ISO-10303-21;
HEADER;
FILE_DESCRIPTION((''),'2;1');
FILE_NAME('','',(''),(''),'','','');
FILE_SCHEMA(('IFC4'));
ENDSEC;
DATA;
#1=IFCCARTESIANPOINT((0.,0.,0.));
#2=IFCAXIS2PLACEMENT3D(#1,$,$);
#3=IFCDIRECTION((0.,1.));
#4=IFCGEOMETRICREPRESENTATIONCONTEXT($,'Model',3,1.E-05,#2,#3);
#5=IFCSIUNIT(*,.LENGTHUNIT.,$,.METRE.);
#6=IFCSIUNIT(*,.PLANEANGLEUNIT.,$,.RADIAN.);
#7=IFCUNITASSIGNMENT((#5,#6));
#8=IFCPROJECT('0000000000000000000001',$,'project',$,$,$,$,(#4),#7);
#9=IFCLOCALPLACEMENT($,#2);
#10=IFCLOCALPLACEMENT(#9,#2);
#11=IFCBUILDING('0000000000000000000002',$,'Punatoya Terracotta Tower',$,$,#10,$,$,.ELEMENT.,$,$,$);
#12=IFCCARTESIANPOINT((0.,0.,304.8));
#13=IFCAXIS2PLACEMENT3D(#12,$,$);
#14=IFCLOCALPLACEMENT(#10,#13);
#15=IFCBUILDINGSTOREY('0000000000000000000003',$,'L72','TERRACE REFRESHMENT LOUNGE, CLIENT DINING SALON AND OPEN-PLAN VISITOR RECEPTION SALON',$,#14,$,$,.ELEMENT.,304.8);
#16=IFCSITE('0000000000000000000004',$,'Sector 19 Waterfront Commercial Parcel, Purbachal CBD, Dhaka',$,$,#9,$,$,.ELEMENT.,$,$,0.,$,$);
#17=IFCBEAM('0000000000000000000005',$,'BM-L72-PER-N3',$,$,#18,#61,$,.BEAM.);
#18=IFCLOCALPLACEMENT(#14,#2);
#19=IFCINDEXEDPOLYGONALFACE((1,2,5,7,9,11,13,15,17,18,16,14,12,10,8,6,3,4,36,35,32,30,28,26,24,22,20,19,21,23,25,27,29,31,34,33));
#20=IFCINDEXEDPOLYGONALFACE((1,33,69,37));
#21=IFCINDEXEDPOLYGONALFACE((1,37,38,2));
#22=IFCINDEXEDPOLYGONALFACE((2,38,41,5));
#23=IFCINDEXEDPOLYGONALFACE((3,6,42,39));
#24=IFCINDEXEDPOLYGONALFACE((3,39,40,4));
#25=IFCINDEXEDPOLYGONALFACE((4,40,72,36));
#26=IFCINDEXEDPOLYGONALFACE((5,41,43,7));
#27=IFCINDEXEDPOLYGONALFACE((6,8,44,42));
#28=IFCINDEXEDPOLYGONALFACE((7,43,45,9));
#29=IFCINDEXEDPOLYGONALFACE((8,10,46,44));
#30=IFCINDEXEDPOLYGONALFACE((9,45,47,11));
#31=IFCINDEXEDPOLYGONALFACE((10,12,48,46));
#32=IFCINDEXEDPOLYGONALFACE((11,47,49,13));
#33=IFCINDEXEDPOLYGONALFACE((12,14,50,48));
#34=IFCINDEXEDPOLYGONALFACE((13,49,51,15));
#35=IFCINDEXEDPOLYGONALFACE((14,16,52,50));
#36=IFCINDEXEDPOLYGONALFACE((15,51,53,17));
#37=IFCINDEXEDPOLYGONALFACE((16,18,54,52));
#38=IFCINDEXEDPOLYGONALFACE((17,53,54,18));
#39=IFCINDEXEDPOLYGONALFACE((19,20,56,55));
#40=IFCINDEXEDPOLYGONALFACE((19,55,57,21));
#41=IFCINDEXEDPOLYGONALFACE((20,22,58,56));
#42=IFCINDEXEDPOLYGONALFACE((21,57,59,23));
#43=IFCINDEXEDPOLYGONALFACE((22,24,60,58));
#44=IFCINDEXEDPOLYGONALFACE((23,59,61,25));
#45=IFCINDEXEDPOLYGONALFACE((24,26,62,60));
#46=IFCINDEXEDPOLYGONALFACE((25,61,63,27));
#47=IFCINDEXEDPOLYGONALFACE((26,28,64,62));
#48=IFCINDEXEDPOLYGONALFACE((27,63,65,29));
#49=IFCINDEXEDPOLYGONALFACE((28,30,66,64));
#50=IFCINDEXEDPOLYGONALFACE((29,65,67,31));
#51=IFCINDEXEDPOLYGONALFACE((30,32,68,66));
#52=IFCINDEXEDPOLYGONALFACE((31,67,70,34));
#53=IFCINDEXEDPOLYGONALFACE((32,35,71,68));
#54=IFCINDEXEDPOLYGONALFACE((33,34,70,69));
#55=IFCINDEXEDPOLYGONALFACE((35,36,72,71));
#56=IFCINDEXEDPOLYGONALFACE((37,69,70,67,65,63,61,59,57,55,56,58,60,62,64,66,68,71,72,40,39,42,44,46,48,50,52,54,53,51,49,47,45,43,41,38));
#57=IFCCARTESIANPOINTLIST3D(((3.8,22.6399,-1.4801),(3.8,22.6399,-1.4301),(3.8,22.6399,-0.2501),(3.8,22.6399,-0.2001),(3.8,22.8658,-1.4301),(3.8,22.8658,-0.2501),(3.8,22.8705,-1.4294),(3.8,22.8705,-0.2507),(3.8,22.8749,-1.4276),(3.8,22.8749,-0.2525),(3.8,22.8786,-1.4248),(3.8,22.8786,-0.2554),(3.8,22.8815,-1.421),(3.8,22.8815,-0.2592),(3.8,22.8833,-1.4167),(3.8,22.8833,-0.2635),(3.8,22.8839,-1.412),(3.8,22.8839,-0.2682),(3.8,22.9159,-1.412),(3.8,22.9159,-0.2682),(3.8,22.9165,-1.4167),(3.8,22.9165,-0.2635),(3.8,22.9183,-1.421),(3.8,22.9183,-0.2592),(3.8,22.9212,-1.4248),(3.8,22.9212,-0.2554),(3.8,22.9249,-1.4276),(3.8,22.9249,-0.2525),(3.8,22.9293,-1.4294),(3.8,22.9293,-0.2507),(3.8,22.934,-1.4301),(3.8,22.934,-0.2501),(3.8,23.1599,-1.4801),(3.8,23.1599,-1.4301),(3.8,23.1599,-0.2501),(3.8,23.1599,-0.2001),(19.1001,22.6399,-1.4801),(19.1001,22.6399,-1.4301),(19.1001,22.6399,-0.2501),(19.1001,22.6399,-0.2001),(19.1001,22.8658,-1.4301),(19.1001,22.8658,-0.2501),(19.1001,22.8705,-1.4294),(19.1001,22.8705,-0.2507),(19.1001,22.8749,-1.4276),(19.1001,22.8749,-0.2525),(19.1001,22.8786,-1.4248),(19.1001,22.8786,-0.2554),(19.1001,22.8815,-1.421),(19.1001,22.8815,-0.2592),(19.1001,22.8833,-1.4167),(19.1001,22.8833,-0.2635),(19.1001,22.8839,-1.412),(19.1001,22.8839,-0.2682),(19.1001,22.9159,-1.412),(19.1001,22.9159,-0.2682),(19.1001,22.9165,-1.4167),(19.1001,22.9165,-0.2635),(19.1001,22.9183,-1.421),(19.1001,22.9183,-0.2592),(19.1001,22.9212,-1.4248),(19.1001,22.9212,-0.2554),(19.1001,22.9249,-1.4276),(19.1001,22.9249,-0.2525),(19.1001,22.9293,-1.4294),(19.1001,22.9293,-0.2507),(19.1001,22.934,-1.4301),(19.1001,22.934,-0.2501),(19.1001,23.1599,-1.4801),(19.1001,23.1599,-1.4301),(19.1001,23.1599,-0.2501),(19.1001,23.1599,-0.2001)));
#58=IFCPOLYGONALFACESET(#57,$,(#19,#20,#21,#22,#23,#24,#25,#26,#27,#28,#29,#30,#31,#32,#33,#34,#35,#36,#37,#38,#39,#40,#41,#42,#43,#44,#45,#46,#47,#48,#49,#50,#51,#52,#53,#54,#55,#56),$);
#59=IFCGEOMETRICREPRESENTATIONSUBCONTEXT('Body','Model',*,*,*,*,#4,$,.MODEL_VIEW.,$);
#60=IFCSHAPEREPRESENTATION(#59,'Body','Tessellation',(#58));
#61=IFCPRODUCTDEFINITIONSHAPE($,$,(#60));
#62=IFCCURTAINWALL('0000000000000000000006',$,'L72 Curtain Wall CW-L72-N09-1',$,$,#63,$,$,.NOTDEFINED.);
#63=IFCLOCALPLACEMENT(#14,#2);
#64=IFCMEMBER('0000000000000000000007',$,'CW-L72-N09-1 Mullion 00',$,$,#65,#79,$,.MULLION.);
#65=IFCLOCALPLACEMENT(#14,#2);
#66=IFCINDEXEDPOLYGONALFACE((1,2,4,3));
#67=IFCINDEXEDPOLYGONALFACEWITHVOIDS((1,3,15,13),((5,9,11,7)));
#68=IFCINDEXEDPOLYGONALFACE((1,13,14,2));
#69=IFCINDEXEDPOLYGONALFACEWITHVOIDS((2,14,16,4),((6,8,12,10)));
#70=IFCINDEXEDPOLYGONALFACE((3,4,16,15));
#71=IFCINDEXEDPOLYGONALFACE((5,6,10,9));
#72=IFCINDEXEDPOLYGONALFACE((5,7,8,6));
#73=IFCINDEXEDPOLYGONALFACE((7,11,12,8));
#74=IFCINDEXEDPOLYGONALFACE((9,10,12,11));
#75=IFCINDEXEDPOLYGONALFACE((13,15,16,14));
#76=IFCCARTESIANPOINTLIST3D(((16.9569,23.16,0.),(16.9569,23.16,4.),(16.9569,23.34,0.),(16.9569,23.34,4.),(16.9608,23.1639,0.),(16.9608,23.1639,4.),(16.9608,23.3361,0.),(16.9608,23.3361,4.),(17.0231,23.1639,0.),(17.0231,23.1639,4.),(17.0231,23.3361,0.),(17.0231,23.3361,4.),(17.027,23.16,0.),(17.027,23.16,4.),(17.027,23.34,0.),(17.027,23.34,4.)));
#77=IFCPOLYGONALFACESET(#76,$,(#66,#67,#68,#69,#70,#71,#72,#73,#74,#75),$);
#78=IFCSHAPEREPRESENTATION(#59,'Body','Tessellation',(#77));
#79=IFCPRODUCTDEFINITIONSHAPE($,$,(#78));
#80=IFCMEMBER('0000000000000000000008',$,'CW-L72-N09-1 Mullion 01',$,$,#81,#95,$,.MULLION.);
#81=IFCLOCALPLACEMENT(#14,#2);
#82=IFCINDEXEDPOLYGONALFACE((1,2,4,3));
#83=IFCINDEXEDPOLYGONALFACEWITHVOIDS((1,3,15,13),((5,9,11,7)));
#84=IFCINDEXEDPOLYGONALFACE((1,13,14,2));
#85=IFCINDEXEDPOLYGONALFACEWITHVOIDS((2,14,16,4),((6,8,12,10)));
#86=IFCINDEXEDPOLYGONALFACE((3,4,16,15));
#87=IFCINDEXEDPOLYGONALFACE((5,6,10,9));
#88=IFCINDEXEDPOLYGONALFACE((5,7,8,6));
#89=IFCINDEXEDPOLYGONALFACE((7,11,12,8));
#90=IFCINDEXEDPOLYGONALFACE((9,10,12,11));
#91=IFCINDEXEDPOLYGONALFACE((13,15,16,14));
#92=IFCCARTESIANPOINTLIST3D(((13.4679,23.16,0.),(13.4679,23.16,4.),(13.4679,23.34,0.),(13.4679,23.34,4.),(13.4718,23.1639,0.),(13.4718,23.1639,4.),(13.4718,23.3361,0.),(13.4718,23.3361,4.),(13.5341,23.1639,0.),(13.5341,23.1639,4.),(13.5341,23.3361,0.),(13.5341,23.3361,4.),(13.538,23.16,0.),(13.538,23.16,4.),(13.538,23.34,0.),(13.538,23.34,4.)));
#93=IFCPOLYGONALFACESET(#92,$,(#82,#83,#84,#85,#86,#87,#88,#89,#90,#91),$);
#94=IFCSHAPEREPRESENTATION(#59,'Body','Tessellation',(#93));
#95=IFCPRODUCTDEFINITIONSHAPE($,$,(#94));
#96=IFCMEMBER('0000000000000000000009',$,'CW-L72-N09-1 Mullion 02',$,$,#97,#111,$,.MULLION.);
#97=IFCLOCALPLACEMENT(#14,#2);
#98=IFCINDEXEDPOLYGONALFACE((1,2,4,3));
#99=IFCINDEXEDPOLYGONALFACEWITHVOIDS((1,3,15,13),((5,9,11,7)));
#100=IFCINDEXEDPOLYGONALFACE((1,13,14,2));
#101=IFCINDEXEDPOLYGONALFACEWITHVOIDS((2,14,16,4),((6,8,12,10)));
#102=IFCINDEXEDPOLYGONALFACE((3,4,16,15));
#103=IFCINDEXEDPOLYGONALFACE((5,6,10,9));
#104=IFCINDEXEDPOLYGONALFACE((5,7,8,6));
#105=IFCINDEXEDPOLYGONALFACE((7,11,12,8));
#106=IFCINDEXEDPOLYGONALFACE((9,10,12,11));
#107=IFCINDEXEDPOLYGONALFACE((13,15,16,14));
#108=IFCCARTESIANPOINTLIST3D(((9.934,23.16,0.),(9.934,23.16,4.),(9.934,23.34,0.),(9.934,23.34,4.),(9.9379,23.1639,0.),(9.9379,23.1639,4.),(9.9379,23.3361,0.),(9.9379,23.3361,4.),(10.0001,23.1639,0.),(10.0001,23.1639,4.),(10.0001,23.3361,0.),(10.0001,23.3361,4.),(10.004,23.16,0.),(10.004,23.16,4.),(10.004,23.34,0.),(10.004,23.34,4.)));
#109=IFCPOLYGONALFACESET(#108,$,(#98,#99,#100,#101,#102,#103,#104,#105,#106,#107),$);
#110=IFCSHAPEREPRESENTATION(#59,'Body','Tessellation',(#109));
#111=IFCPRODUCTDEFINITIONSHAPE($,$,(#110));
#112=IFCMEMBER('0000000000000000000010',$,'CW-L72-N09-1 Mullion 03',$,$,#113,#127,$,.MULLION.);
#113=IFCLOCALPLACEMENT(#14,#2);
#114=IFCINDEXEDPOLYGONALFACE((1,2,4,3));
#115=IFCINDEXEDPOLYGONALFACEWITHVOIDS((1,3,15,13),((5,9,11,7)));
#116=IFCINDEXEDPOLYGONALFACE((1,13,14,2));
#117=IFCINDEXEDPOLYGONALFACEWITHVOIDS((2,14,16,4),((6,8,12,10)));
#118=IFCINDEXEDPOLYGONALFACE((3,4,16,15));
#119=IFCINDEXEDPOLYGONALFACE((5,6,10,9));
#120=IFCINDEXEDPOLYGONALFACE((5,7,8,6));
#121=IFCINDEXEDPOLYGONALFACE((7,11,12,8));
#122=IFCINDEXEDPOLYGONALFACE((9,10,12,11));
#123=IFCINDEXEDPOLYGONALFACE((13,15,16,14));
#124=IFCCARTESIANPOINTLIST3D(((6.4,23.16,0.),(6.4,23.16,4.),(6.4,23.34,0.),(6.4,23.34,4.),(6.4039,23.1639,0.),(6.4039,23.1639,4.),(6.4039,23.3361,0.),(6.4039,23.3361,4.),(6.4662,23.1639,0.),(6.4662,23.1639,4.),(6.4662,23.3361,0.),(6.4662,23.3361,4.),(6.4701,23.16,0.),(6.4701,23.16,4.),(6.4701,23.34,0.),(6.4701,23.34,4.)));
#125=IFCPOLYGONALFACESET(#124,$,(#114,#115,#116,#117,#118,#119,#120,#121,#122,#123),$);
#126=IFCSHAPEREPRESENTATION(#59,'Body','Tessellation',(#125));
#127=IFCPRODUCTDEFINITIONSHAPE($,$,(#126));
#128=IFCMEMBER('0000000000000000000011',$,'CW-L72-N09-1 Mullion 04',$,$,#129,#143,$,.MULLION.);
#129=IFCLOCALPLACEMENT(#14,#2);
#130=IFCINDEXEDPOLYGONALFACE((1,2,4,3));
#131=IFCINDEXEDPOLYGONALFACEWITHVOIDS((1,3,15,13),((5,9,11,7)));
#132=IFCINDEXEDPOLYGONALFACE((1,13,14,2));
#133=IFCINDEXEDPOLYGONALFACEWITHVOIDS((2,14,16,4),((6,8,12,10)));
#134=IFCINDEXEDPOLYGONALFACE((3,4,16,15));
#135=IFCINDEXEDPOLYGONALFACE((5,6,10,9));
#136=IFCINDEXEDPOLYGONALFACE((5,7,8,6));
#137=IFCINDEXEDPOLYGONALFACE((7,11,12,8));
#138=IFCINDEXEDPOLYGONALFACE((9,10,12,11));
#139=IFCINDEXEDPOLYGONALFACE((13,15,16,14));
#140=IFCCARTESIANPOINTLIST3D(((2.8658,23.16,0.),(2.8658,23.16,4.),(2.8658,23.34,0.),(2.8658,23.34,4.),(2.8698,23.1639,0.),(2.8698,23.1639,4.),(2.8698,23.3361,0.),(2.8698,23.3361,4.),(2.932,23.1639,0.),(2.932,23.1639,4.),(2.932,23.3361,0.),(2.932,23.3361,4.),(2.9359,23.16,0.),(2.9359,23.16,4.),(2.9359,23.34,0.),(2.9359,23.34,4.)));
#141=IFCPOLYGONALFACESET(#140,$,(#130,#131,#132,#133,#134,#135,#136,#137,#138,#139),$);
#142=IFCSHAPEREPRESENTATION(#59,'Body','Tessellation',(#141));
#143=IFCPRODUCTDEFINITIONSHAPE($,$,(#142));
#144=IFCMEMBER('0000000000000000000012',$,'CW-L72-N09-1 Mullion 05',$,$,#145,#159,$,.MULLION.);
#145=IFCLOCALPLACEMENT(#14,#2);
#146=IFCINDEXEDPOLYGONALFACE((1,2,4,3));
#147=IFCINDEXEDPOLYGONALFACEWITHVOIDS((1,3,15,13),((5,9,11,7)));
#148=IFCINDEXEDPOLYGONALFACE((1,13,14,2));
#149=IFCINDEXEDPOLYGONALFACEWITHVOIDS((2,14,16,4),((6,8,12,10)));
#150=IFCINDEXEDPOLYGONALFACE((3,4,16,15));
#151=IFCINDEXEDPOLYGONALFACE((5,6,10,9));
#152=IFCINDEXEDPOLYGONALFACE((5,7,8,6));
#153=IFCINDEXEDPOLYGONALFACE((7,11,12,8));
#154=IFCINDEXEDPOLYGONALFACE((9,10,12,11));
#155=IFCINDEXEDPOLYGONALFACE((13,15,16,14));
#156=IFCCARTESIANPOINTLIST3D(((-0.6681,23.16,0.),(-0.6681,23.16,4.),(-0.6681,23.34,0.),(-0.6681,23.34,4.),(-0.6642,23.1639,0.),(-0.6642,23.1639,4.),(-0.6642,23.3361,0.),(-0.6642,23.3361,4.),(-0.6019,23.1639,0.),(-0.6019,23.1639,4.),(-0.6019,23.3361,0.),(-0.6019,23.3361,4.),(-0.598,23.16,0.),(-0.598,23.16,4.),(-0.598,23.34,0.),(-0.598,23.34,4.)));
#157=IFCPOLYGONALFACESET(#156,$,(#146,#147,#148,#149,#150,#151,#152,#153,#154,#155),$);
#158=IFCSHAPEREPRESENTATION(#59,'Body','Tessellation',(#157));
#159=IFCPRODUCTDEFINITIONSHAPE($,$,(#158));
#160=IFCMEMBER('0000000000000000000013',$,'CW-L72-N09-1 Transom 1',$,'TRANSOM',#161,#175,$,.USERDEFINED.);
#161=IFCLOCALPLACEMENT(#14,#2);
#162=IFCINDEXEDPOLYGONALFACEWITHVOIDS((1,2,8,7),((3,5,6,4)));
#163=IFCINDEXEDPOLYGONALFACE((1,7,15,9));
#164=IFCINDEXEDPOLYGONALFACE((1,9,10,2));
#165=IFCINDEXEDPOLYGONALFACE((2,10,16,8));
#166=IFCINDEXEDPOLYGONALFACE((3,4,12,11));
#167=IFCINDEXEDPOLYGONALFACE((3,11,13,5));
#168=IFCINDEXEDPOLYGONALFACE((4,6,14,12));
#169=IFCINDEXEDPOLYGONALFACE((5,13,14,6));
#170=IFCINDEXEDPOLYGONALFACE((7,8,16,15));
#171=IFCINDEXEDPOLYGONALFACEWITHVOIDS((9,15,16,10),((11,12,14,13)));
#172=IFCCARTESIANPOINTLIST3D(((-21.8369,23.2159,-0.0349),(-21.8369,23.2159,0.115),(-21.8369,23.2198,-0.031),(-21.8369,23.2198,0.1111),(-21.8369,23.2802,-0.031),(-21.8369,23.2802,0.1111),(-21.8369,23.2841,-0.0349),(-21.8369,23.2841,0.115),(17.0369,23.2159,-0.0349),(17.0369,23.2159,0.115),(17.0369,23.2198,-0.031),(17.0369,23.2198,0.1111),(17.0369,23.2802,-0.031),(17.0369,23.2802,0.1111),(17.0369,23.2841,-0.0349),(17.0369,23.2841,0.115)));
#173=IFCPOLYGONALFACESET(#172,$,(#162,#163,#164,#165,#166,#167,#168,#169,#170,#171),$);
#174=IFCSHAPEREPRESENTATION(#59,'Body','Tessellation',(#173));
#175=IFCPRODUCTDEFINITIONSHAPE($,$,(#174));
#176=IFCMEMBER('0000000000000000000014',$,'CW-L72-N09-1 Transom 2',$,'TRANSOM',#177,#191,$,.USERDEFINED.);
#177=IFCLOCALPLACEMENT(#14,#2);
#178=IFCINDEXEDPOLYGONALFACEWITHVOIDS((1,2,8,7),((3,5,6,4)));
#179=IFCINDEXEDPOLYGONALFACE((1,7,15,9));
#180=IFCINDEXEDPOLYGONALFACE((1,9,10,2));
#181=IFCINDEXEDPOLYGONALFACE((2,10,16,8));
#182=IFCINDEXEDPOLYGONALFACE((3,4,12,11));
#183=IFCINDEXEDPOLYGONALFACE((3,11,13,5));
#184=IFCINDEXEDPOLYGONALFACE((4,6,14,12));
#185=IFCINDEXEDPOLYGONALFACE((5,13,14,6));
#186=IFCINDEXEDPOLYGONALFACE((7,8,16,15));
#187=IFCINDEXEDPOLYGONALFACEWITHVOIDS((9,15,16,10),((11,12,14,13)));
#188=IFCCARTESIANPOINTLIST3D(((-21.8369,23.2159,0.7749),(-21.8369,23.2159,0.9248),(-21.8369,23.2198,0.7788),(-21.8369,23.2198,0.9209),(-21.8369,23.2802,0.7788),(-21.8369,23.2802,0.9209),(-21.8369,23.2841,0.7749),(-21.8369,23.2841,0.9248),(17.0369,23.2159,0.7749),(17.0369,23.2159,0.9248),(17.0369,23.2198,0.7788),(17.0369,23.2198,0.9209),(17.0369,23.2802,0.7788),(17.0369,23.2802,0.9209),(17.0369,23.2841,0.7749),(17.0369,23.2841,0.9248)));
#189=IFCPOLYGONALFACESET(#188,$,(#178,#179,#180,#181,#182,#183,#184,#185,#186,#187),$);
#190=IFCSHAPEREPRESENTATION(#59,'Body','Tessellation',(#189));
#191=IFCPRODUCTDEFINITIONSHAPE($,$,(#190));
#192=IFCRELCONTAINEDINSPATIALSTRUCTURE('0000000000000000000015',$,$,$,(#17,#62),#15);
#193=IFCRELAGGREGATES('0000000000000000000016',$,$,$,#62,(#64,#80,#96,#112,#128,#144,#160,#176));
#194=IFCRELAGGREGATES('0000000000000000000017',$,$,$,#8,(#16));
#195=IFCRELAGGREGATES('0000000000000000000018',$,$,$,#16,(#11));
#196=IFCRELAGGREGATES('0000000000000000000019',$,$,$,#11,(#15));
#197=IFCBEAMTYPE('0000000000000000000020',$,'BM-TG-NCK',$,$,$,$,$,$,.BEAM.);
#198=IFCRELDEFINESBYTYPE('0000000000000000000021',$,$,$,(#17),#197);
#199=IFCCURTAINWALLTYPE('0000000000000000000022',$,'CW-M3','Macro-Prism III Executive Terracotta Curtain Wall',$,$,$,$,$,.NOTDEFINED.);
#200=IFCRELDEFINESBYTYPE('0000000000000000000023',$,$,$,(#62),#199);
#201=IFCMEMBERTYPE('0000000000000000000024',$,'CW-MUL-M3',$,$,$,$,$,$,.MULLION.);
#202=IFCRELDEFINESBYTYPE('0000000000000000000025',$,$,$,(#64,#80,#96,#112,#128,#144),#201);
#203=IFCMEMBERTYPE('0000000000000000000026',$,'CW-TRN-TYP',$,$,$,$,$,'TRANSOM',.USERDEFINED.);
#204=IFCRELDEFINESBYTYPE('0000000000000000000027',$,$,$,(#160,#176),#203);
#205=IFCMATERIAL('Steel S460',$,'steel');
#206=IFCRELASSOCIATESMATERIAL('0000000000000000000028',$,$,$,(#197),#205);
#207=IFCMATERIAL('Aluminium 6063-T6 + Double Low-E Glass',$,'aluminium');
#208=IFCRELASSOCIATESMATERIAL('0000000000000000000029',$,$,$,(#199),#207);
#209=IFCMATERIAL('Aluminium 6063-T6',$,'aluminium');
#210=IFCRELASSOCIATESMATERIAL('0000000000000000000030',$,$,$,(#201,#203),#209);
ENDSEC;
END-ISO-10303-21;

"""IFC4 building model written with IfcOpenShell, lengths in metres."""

from ifc_helpers import new_model, si_unit, direction, frame, origin, origin_2d, place, context, subcontext, project, spatial, hollow_rectangle, i_section, extrude, material, material_profile, profile_set, type_object, element, aggregate, save


model = new_model("IFC4")

# Units and contexts
model_context = context("Model", 3, precision=1e-05, world=origin(), true_north=direction((0.0, 1.0)))
body_context = subcontext(model_context, "Body", "Model", "MODEL_VIEW")
ifc_project = project(units=[si_unit("LENGTHUNIT", "METRE"), si_unit("PLANEANGLEUNIT", "RADIAN")], contexts=[model_context])

# Site, building, storey
site_placement = place(None, origin())
site = spatial("IfcSite", under=ifc_project, at=site_placement, Name="Sector 19 Waterfront Commercial Parcel, Purbachal CBD, Dhaka", CompositionType="ELEMENT", RefElevation=0.0)
building_placement = place(site_placement, origin())
building = spatial("IfcBuilding", under=site, at=building_placement, Name="Punatoya Terracotta Tower", CompositionType="ELEMENT")
storey_placement = place(building_placement, frame((0.0, 0.0, 304.8)))
storey = spatial("IfcBuildingStorey", under=building, at=storey_placement, Name="L72", Description="TERRACE REFRESHMENT LOUNGE, CLIENT DINING SALON AND OPEN-PLAN VISITOR RECEPTION SALON", CompositionType="ELEMENT", Elevation=304.8)

# Shared definitions
ifc_material_1 = material(Name="Steel S460", Category="steel")

# Beam
ifc_material_profile_1 = material_profile(ifc_material_1, i_section(OverallWidth=0.52, OverallDepth=1.28, WebThickness=0.032, FlangeThickness=0.05, FilletRadius=0.0181, at=origin_2d()))
ifc_profile_set_1 = profile_set([ifc_material_profile_1], Name="Steel S460")
beam_type_1 = type_object("IfcBeamType", Name="BM-TG-NCK", PredefinedType="BEAM", material=ifc_profile_set_1)
beam_1_placement = place(storey_placement, frame((3.8, 22.8999, -0.8401), z_axis=(1.0, 0.0, 0.0), x_axis=(0.0, 1.0, 0.0)))
element("IfcBeam", 1, at=beam_1_placement, inside=storey, type_object=beam_type_1, Name="BM-L72-PER-N3", PredefinedType="BEAM", context=body_context, shape_type="SweptSolid", body=[
    extrude(i_section(OverallWidth=0.52, OverallDepth=1.28, WebThickness=0.032, FlangeThickness=0.05, FilletRadius=0.0181, at=origin_2d()), origin(), (0.0, 0.0, 1.0), 15.3),
])

# Curtain wall, members
ifc_material_2 = material(Name="Aluminium 6063-T6 + Double Low-E Glass", Category="aluminium")
curtain_wall_type = type_object("IfcCurtainWallType", Name="CW-M3", Description="Macro-Prism III Executive Terracotta Curtain Wall", PredefinedType="NOTDEFINED", material=ifc_material_2)
curtain_wall_placement = place(storey_placement, origin())
curtain_wall = element("IfcCurtainWall", 2, at=curtain_wall_placement, inside=storey, type_object=curtain_wall_type, Name="L72 Curtain Wall CW-L72-N09-1", PredefinedType="NOTDEFINED")
ifc_material_3 = material(Name="Aluminium 6063-T6", Category="aluminium")
ifc_material_profile_2 = material_profile(ifc_material_3, hollow_rectangle(XDim=0.0701, YDim=0.1799, WallThickness=0.0039, at=origin_2d()))
ifc_profile_set_2 = profile_set([ifc_material_profile_2], Name="Aluminium 6063-T6")
member_type_1 = type_object("IfcMemberType", Name="CW-MUL-M3", PredefinedType="MULLION", material=ifc_profile_set_2)
member_1_placement = place(storey_placement, frame((16.9919, 23.25, 0.0), z_axis=(0.0, 0.0, 1.0), x_axis=(1.0, 0.0, 0.0)))
member_1 = element("IfcMember", 3, at=member_1_placement, type_object=member_type_1, Name="CW-L72-N09-1 Mullion 00", PredefinedType="MULLION", context=body_context, shape_type="SweptSolid", body=[
    extrude(hollow_rectangle(XDim=0.0701, YDim=0.1799, WallThickness=0.0039, at=origin_2d()), origin(), (0.0, 0.0, 1.0), 4.0),
])
member_2_placement = place(storey_placement, frame((13.5029, 23.25, 0.0), z_axis=(0.0, 0.0, 1.0), x_axis=(1.0, 0.0, 0.0)))
member_2 = element("IfcMember", 4, at=member_2_placement, type_object=member_type_1, Name="CW-L72-N09-1 Mullion 01", PredefinedType="MULLION", context=body_context, shape_type="SweptSolid", body=[
    extrude(hollow_rectangle(XDim=0.0701, YDim=0.1799, WallThickness=0.0039, at=origin_2d()), origin(), (0.0, 0.0, 1.0), 4.0),
])
member_3_placement = place(storey_placement, frame((9.969, 23.25, 0.0), z_axis=(0.0, 0.0, 1.0), x_axis=(1.0, 0.0, 0.0)))
member_3 = element("IfcMember", 5, at=member_3_placement, type_object=member_type_1, Name="CW-L72-N09-1 Mullion 02", PredefinedType="MULLION", context=body_context, shape_type="SweptSolid", body=[
    extrude(hollow_rectangle(XDim=0.0701, YDim=0.1799, WallThickness=0.0039, at=origin_2d()), origin(), (0.0, 0.0, 1.0), 4.0),
])
member_4_placement = place(storey_placement, frame((6.4351, 23.25, 0.0), z_axis=(0.0, 0.0, 1.0), x_axis=(1.0, 0.0, 0.0)))
member_4 = element("IfcMember", 6, at=member_4_placement, type_object=member_type_1, Name="CW-L72-N09-1 Mullion 03", PredefinedType="MULLION", context=body_context, shape_type="SweptSolid", body=[
    extrude(hollow_rectangle(XDim=0.0701, YDim=0.1799, WallThickness=0.0039, at=origin_2d()), origin(), (0.0, 0.0, 1.0), 4.0),
])
member_5_placement = place(storey_placement, frame((2.9009, 23.25, 0.0), z_axis=(0.0, 0.0, 1.0), x_axis=(1.0, 0.0, 0.0)))
member_5 = element("IfcMember", 7, at=member_5_placement, type_object=member_type_1, Name="CW-L72-N09-1 Mullion 04", PredefinedType="MULLION", context=body_context, shape_type="SweptSolid", body=[
    extrude(hollow_rectangle(XDim=0.0701, YDim=0.1799, WallThickness=0.0039, at=origin_2d()), origin(), (0.0, 0.0, 1.0), 4.0),
])
member_6_placement = place(storey_placement, frame((-0.6331, 23.25, 0.0), z_axis=(0.0, 0.0, 1.0), x_axis=(1.0, 0.0, 0.0)))
member_6 = element("IfcMember", 8, at=member_6_placement, type_object=member_type_1, Name="CW-L72-N09-1 Mullion 05", PredefinedType="MULLION", context=body_context, shape_type="SweptSolid", body=[
    extrude(hollow_rectangle(XDim=0.0701, YDim=0.1799, WallThickness=0.0039, at=origin_2d()), origin(), (0.0, 0.0, 1.0), 4.0),
])
ifc_material_profile_3 = material_profile(ifc_material_3, hollow_rectangle(XDim=0.0681, YDim=0.1499, WallThickness=0.0039, at=origin_2d()))
ifc_profile_set_3 = profile_set([ifc_material_profile_3], Name="Aluminium 6063-T6")
member_type_2 = type_object("IfcMemberType", Name="CW-TRN-TYP", ElementType="TRANSOM", PredefinedType="USERDEFINED", material=ifc_profile_set_3)
member_7_placement = place(storey_placement, frame((17.0369, 23.25, 0.04), z_axis=(-1.0, 0.0, 0.0), x_axis=(0.0, -1.0, 0.0)))
member_7 = element("IfcMember", 9, at=member_7_placement, type_object=member_type_2, Name="CW-L72-N09-1 Transom 1", ObjectType="TRANSOM", PredefinedType="USERDEFINED", context=body_context, shape_type="SweptSolid", body=[
    extrude(hollow_rectangle(XDim=0.0681, YDim=0.1499, WallThickness=0.0039, at=origin_2d()), origin(), (0.0, 0.0, 1.0), 38.8738),
])
member_8_placement = place(storey_placement, frame((17.0369, 23.25, 0.8499), z_axis=(-1.0, 0.0, 0.0), x_axis=(0.0, -1.0, 0.0)))
member_8 = element("IfcMember", 10, at=member_8_placement, type_object=member_type_2, Name="CW-L72-N09-1 Transom 2", ObjectType="TRANSOM", PredefinedType="USERDEFINED", context=body_context, shape_type="SweptSolid", body=[
    extrude(hollow_rectangle(XDim=0.0681, YDim=0.1499, WallThickness=0.0039, at=origin_2d()), origin(), (0.0, 0.0, 1.0), 38.8738),
])
aggregate(curtain_wall, [member_1, member_2, member_3, member_4, member_5, member_6, member_7, member_8])

save(model, "model.ifc")
